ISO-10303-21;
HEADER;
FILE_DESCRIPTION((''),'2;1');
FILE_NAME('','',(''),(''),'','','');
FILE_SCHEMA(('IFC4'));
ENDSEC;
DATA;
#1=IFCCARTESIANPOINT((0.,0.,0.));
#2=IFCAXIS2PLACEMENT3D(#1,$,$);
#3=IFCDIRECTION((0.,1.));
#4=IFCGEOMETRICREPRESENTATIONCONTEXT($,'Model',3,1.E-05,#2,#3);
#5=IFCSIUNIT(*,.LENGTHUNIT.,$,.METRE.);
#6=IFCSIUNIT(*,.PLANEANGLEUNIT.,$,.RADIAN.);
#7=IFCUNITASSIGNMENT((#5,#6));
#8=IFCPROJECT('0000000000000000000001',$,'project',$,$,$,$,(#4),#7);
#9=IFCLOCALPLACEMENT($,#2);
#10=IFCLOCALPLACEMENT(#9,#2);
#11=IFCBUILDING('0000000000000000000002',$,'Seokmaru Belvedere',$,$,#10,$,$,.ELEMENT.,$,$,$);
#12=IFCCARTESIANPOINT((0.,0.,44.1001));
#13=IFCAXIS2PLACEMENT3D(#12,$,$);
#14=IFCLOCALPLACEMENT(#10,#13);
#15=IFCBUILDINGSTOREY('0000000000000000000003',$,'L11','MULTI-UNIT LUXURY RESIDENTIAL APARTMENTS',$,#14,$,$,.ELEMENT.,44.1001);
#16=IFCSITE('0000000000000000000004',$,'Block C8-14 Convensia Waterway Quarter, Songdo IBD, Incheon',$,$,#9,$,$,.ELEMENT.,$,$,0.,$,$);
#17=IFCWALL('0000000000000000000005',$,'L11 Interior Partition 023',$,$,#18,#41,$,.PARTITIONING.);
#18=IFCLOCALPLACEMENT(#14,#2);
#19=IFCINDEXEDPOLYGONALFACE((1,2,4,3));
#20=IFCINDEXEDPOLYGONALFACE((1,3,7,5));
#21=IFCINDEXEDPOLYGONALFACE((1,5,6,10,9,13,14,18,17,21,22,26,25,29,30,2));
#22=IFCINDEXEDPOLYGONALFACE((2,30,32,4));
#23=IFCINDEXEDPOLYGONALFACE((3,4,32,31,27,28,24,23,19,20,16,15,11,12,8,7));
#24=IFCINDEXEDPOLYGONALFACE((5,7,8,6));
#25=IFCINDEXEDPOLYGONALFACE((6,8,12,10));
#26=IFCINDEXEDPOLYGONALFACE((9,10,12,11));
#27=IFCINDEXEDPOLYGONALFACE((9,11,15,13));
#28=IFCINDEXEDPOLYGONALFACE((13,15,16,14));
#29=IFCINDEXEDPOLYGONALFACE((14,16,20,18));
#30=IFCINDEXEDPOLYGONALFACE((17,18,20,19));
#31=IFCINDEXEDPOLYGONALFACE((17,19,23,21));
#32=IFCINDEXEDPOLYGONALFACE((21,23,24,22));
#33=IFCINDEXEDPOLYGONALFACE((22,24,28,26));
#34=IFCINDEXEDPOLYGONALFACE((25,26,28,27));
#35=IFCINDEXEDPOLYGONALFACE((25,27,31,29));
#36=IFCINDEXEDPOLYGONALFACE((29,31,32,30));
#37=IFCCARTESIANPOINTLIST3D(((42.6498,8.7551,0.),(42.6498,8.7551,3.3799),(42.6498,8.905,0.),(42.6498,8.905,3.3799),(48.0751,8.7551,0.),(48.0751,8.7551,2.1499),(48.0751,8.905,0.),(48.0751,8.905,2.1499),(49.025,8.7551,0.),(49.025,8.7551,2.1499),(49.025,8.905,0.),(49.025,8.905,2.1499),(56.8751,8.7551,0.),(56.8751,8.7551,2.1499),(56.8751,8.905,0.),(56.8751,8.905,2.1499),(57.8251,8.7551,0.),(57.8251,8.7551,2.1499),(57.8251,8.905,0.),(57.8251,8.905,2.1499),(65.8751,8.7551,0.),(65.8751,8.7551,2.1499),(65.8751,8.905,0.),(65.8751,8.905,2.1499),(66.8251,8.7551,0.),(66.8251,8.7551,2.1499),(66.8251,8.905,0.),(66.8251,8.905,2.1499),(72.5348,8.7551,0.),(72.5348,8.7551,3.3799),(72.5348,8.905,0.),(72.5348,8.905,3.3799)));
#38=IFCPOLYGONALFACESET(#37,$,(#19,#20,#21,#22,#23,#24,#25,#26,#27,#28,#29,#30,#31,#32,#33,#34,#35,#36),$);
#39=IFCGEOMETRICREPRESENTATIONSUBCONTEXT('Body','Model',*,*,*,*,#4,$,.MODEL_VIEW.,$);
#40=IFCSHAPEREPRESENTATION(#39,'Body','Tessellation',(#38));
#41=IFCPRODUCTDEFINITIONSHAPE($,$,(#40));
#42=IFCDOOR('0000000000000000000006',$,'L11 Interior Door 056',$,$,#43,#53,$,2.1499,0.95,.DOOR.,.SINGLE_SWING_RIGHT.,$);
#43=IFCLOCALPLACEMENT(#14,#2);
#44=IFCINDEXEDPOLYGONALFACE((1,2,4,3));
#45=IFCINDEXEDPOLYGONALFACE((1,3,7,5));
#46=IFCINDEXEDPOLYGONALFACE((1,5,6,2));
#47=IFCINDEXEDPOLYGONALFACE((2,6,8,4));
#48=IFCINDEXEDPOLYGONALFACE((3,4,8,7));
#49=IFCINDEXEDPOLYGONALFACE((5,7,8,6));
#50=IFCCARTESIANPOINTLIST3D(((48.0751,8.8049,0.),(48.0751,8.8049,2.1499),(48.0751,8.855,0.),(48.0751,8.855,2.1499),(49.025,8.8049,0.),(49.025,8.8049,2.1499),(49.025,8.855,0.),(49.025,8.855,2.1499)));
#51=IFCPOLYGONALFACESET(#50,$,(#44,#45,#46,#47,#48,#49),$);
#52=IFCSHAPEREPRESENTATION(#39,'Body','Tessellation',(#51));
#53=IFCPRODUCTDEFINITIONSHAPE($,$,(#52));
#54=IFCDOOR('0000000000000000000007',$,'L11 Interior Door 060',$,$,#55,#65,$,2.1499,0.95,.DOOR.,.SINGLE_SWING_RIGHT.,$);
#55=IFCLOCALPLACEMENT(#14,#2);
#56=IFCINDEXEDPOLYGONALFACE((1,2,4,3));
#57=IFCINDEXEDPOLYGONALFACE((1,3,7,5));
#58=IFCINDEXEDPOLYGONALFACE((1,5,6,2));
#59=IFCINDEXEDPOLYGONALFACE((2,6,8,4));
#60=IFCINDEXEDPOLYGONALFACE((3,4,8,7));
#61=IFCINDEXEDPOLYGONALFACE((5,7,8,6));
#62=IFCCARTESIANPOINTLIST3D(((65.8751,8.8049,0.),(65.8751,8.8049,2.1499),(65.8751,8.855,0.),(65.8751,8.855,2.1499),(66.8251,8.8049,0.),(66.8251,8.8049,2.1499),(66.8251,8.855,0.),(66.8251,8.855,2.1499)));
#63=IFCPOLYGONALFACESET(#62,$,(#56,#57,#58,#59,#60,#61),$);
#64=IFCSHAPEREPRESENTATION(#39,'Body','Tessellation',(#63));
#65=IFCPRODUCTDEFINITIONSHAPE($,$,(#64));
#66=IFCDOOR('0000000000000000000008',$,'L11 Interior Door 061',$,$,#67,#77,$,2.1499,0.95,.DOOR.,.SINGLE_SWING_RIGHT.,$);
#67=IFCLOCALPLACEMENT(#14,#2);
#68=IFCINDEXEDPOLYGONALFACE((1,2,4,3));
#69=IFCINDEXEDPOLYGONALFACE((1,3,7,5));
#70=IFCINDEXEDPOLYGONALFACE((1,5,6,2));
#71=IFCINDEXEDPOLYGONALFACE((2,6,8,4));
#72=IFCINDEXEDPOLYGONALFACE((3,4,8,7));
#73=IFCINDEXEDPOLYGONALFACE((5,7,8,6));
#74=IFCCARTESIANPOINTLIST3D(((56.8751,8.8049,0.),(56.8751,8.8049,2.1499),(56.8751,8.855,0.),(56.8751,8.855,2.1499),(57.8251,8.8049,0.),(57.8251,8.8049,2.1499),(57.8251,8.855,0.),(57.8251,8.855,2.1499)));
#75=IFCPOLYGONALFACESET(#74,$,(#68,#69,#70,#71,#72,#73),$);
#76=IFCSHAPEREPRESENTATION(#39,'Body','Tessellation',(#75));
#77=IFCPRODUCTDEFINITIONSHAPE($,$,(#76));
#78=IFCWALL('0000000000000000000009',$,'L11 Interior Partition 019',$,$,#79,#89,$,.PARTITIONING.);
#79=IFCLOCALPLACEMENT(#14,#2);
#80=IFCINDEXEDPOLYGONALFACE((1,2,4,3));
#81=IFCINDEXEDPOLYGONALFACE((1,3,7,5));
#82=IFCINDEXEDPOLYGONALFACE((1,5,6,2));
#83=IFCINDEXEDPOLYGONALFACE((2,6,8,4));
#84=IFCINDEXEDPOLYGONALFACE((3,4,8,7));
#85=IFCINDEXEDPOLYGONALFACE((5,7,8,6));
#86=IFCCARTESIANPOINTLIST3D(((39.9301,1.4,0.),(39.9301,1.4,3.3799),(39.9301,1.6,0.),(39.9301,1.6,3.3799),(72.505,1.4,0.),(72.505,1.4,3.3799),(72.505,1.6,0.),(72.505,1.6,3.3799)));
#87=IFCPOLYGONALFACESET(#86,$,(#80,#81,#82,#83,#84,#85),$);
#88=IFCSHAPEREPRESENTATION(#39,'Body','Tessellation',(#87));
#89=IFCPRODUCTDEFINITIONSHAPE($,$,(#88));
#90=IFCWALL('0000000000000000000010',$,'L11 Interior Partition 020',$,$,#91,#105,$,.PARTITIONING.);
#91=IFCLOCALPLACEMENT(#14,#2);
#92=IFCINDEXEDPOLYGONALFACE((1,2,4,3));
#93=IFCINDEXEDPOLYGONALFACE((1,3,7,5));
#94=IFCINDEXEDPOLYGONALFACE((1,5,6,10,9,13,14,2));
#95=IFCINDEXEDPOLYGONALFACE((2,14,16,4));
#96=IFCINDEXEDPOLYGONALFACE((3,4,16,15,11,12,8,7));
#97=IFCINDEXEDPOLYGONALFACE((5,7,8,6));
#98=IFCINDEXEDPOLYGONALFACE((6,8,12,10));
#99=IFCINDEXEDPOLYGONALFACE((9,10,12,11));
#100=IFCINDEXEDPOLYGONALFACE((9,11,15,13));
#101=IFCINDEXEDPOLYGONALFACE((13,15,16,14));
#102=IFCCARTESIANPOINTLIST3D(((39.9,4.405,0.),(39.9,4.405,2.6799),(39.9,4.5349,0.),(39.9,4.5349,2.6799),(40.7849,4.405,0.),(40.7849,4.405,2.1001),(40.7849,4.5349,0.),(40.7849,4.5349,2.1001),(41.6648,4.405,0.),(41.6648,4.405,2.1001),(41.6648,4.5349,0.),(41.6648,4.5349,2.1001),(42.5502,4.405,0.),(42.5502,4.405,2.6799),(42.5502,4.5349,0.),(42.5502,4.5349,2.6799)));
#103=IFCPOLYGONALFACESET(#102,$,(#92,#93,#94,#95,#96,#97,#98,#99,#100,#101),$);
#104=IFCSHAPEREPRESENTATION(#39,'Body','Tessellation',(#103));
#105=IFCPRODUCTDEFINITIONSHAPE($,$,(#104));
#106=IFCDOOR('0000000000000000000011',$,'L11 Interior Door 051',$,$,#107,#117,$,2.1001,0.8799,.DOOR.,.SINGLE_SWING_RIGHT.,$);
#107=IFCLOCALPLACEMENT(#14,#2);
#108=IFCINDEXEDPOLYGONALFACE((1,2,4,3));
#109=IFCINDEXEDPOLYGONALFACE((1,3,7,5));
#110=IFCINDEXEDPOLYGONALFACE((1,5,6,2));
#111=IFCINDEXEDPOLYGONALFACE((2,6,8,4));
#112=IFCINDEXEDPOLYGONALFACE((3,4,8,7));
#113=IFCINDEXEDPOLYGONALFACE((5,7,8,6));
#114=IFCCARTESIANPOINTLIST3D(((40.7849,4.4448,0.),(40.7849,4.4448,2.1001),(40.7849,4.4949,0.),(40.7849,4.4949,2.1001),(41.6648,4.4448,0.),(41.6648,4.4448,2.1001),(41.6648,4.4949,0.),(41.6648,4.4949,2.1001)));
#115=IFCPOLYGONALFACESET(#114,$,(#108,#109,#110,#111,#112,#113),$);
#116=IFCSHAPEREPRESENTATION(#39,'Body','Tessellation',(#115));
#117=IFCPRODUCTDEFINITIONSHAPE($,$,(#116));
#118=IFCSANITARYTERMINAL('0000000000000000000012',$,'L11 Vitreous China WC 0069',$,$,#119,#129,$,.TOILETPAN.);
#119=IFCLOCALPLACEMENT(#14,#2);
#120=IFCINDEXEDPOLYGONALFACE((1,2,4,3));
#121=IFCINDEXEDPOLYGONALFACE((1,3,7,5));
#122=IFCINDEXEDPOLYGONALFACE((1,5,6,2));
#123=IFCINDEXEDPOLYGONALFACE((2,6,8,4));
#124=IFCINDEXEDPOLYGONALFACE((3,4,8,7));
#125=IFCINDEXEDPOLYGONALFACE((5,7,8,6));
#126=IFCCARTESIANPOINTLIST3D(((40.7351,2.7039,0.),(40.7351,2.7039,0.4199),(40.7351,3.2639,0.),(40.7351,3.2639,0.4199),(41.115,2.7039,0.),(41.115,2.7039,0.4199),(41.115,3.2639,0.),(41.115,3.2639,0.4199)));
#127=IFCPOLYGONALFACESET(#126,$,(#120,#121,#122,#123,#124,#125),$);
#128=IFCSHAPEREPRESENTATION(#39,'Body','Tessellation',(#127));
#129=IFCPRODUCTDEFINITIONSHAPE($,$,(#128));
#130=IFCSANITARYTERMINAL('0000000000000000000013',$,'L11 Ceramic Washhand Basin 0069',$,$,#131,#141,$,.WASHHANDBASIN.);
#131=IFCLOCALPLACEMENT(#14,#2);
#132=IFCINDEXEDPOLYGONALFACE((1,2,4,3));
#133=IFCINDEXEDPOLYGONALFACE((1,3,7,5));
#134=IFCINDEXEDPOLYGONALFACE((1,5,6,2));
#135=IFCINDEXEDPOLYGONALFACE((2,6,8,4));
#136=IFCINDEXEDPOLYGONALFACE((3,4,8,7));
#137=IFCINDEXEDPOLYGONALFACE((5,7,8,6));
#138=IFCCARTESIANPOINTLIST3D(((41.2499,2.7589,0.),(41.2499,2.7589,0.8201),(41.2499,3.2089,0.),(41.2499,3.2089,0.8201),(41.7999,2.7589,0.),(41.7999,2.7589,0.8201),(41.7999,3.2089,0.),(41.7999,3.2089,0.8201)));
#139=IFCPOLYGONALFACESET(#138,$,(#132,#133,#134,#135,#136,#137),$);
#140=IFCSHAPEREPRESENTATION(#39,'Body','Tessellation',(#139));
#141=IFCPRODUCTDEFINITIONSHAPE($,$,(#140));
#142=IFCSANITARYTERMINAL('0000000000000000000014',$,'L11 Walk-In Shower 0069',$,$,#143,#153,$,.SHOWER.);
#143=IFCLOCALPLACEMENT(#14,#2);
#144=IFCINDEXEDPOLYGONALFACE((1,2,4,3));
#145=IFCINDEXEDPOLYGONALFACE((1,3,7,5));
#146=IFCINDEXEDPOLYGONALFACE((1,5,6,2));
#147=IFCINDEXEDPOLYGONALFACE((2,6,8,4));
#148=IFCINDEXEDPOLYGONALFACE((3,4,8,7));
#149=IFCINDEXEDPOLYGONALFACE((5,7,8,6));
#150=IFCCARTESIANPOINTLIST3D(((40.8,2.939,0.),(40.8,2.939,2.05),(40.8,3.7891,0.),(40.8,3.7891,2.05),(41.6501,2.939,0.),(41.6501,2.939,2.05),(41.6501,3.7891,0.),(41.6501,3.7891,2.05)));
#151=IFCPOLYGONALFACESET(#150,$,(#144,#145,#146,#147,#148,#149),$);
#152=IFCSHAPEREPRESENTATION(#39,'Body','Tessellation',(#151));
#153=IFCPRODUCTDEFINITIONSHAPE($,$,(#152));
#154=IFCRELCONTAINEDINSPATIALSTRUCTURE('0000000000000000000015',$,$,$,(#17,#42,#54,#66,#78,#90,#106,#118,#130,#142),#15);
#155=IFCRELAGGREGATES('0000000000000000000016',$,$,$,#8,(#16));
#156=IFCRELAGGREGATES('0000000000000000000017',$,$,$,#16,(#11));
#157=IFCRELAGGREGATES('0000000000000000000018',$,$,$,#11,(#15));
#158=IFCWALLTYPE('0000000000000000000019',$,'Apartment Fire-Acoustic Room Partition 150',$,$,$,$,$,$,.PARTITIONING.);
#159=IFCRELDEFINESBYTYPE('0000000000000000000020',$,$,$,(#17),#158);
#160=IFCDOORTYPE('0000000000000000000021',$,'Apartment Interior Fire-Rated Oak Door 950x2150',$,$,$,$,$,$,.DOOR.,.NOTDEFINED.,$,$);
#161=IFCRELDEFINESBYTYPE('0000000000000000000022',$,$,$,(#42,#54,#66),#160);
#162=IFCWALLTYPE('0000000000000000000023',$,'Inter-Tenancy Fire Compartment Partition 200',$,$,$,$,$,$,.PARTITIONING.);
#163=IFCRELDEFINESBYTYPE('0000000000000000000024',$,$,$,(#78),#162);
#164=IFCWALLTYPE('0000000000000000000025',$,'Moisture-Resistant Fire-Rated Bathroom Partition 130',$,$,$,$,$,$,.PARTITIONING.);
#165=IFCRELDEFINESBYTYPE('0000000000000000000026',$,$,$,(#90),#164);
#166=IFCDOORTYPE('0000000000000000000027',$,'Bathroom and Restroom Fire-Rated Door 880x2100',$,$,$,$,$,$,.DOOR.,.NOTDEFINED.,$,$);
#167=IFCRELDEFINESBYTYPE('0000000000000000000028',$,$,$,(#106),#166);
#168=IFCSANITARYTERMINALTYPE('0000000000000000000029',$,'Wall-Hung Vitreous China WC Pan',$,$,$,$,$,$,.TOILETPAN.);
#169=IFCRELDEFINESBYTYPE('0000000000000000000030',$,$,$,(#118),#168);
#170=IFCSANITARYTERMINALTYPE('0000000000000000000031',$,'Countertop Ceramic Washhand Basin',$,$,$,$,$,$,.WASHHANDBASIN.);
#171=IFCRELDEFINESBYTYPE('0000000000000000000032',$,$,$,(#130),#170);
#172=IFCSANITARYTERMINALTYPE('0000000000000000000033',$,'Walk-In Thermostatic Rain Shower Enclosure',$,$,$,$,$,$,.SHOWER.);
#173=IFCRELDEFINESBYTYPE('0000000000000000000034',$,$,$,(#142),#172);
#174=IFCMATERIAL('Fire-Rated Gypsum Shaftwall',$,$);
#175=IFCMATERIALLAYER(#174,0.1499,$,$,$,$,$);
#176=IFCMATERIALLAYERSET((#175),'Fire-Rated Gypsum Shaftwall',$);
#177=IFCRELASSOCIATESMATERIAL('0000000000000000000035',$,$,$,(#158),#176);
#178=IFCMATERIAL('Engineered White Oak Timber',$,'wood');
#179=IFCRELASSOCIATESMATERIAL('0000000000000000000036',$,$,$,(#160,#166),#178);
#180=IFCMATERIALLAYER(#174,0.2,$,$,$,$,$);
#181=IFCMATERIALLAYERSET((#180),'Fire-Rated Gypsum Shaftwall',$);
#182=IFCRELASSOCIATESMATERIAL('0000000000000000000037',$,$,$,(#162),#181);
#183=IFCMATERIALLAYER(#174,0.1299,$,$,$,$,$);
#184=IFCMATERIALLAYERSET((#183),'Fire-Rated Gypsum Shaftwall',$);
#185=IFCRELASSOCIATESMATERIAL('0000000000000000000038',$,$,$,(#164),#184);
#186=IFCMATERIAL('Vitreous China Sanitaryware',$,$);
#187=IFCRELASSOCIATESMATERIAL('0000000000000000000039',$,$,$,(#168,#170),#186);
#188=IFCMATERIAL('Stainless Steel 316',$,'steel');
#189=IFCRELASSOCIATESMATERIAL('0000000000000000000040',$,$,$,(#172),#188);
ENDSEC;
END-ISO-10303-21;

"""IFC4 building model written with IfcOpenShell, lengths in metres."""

from ifc_helpers import new_model, si_unit, direction, frame, frame_2d, origin, origin_2d, place, context, subcontext, project, spatial, rectangle, extrude, source, transform, mapped, material, layer, layer_set, type_object, type_shapes, element, fill, save


model = new_model("IFC4")

# Units and contexts
model_context = context("Model", 3, precision=1e-05, world=origin(), true_north=direction((0.0, 1.0)))
body_context = subcontext(model_context, "Body", "Model", "MODEL_VIEW")
ifc_project = project(units=[si_unit("LENGTHUNIT", "METRE"), si_unit("PLANEANGLEUNIT", "RADIAN")], contexts=[model_context])

# Site, building, storey
site_placement = place(None, origin())
site = spatial("IfcSite", under=ifc_project, at=site_placement, Name="Block C8-14 Convensia Waterway Quarter, Songdo IBD, Incheon", CompositionType="ELEMENT", RefElevation=0.0)
building_placement = place(site_placement, origin())
building = spatial("IfcBuilding", under=site, at=building_placement, Name="Seokmaru Belvedere", CompositionType="ELEMENT")
storey_placement = place(building_placement, frame((0.0, 0.0, 44.1001)))
storey = spatial("IfcBuildingStorey", under=building, at=storey_placement, Name="L11", Description="MULTI-UNIT LUXURY RESIDENTIAL APARTMENTS", CompositionType="ELEMENT", Elevation=44.1001)

# Wall, openings, doors
ifc_material_1 = material(Name="Fire-Rated Gypsum Shaftwall")
ifc_layer_1 = layer(ifc_material_1, 0.1499)
ifc_layer_set_1 = layer_set([ifc_layer_1], Name="Fire-Rated Gypsum Shaftwall")
wall_type_1 = type_object("IfcWallType", Name="Apartment Fire-Acoustic Room Partition 150", PredefinedType="PARTITIONING", material=ifc_layer_set_1)
ifc_material_2 = material(Name="Engineered White Oak Timber", Category="wood")
door_type_1 = type_object("IfcDoorType", Name="Apartment Interior Fire-Rated Oak Door 950x2150", OperationType="NOTDEFINED", PredefinedType="DOOR", material=ifc_material_2)
shared_shape_1 = source(origin(), body_context, "Body", "SweptSolid", [
    extrude(rectangle(XDim=0.95, YDim=2.1499, at=frame_2d((0.4751, 1.075))), frame((0.0, 0.0249, 0.0), z_axis=(0.0, -1.0, 0.0), x_axis=(1.0, 0.0, 0.0)), (0.0, 0.0, 1.0), 0.05),
])
type_shapes(door_type_1, [shared_shape_1])
wall_1_placement = place(storey_placement, frame((42.6499, 8.8301, 0.0), z_axis=(0.0, 0.0, 1.0), x_axis=(1.0, 0.0, 0.0)))
wall_1 = element("IfcWall", 1, at=wall_1_placement, inside=storey, type_object=wall_type_1, Name="L11 Interior Partition 023", PredefinedType="PARTITIONING", context=body_context, shape_type="SweptSolid", body=[
    extrude(rectangle(XDim=29.885, YDim=0.1499, at=frame_2d((14.9424, 0.0))), origin(), (0.0, 0.0, 1.0), 3.3799),
])
opening_1_placement = place(wall_1_placement, frame((5.425, 0.0, 0.0)))
opening_1 = element("IfcOpeningElement", 2, at=opening_1_placement, cuts=wall_1, PredefinedType="OPENING", context=body_context, shape_type="SweptSolid", body=[
    extrude(rectangle(XDim=0.95, YDim=2.1499, at=frame_2d((0.4751, 1.075))), frame((0.0, 0.085, 0.0), z_axis=(0.0, -1.0, 0.0), x_axis=(1.0, 0.0, 0.0)), (0.0, 0.0, 1.0), 0.1699),
])
opening_2_placement = place(wall_1_placement, frame((23.2251, 0.0, 0.0)))
opening_2 = element("IfcOpeningElement", 3, at=opening_2_placement, cuts=wall_1, PredefinedType="OPENING", context=body_context, shape_type="SweptSolid", body=[
    extrude(rectangle(XDim=0.95, YDim=2.1499, at=frame_2d((0.4751, 1.075))), frame((0.0, 0.085, 0.0), z_axis=(0.0, -1.0, 0.0), x_axis=(1.0, 0.0, 0.0)), (0.0, 0.0, 1.0), 0.1699),
])
opening_3_placement = place(wall_1_placement, frame((14.2251, 0.0, 0.0)))
opening_3 = element("IfcOpeningElement", 4, at=opening_3_placement, cuts=wall_1, PredefinedType="OPENING", context=body_context, shape_type="SweptSolid", body=[
    extrude(rectangle(XDim=0.95, YDim=2.1499, at=frame_2d((0.4751, 1.075))), frame((0.0, 0.085, 0.0), z_axis=(0.0, -1.0, 0.0), x_axis=(1.0, 0.0, 0.0)), (0.0, 0.0, 1.0), 0.1699),
])
door_1_placement = place(opening_1_placement, origin())
door_1 = element("IfcDoor", 5, at=door_1_placement, inside=storey, type_object=door_type_1, Name="L11 Interior Door 056", OperationType="SINGLE_SWING_RIGHT", OverallHeight=2.1499, OverallWidth=0.95, PredefinedType="DOOR", context=body_context, shape_type="MappedRepresentation", body=[
    mapped(shared_shape_1, transform((0.0, 0.0, 0.0), scale=1.0)),
])
fill(opening_1, door_1)
door_2_placement = place(opening_2_placement, origin())
door_2 = element("IfcDoor", 6, at=door_2_placement, inside=storey, type_object=door_type_1, Name="L11 Interior Door 060", OperationType="SINGLE_SWING_RIGHT", OverallHeight=2.1499, OverallWidth=0.95, PredefinedType="DOOR", context=body_context, shape_type="MappedRepresentation", body=[
    mapped(shared_shape_1, transform((0.0, 0.0, 0.0), scale=1.0)),
])
fill(opening_2, door_2)
door_3_placement = place(opening_3_placement, origin())
door_3 = element("IfcDoor", 7, at=door_3_placement, inside=storey, type_object=door_type_1, Name="L11 Interior Door 061", OperationType="SINGLE_SWING_RIGHT", OverallHeight=2.1499, OverallWidth=0.95, PredefinedType="DOOR", context=body_context, shape_type="MappedRepresentation", body=[
    mapped(shared_shape_1, transform((0.0, 0.0, 0.0), scale=1.0)),
])
fill(opening_3, door_3)

# Wall
ifc_layer_2 = layer(ifc_material_1, 0.2)
ifc_layer_set_2 = layer_set([ifc_layer_2], Name="Fire-Rated Gypsum Shaftwall")
wall_type_2 = type_object("IfcWallType", Name="Inter-Tenancy Fire Compartment Partition 200", PredefinedType="PARTITIONING", material=ifc_layer_set_2)
wall_2_placement = place(storey_placement, frame((39.9299, 1.5, 0.0), z_axis=(0.0, 0.0, 1.0), x_axis=(1.0, 0.0, 0.0)))
element("IfcWall", 8, at=wall_2_placement, inside=storey, type_object=wall_type_2, Name="L11 Interior Partition 019", PredefinedType="PARTITIONING", context=body_context, shape_type="SweptSolid", body=[
    extrude(rectangle(XDim=32.575, YDim=0.2, at=frame_2d((16.2876, 0.0))), origin(), (0.0, 0.0, 1.0), 3.3799),
])

# Wall, opening, door
ifc_layer_3 = layer(ifc_material_1, 0.1299)
ifc_layer_set_3 = layer_set([ifc_layer_3], Name="Fire-Rated Gypsum Shaftwall")
wall_type_3 = type_object("IfcWallType", Name="Moisture-Resistant Fire-Rated Bathroom Partition 130", PredefinedType="PARTITIONING", material=ifc_layer_set_3)
wall_3_placement = place(storey_placement, frame((39.8999, 4.47, 0.0), z_axis=(0.0, 0.0, 1.0), x_axis=(1.0, 0.0, 0.0)))
wall_3 = element("IfcWall", 9, at=wall_3_placement, inside=storey, type_object=wall_type_3, Name="L11 Interior Partition 020", PredefinedType="PARTITIONING", context=body_context, shape_type="SweptSolid", body=[
    extrude(rectangle(XDim=2.6501, YDim=0.1299, at=frame_2d((1.3252, 0.0))), origin(), (0.0, 0.0, 1.0), 2.6799),
])
opening_4_placement = place(wall_3_placement, frame((0.885, 0.0, 0.0)))
opening_4 = element("IfcOpeningElement", 10, at=opening_4_placement, cuts=wall_3, PredefinedType="OPENING", context=body_context, shape_type="SweptSolid", body=[
    extrude(rectangle(XDim=0.8799, YDim=2.1001, at=frame_2d((0.4399, 1.05))), frame((0.0, 0.075, 0.0), z_axis=(0.0, -1.0, 0.0), x_axis=(1.0, 0.0, 0.0)), (0.0, 0.0, 1.0), 0.1499),
])
door_type_2 = type_object("IfcDoorType", Name="Bathroom and Restroom Fire-Rated Door 880x2100", OperationType="NOTDEFINED", PredefinedType="DOOR", material=ifc_material_2)
shared_shape_2 = source(origin(), body_context, "Body", "SweptSolid", [
    extrude(rectangle(XDim=0.8799, YDim=2.1001, at=frame_2d((0.4399, 1.05))), frame((0.0, 0.0249, 0.0), z_axis=(0.0, -1.0, 0.0), x_axis=(1.0, 0.0, 0.0)), (0.0, 0.0, 1.0), 0.05),
])
type_shapes(door_type_2, [shared_shape_2])
door_4_placement = place(opening_4_placement, origin())
door_4 = element("IfcDoor", 11, at=door_4_placement, inside=storey, type_object=door_type_2, Name="L11 Interior Door 051", OperationType="SINGLE_SWING_RIGHT", OverallHeight=2.1001, OverallWidth=0.8799, PredefinedType="DOOR", context=body_context, shape_type="MappedRepresentation", body=[
    mapped(shared_shape_2, transform((0.0, 0.0, 0.0), scale=1.0)),
])
fill(opening_4, door_4)

# Sanitary terminals
ifc_material_3 = material(Name="Vitreous China Sanitaryware")
sanitary_terminal_type_1 = type_object("IfcSanitaryTerminalType", Name="Wall-Hung Vitreous China WC Pan", PredefinedType="TOILETPAN", material=ifc_material_3)
shared_shape_3 = source(origin(), body_context, "Body", "SweptSolid", [
    extrude(rectangle(XDim=0.3799, YDim=0.5601, at=origin_2d()), origin(), (0.0, 0.0, 1.0), 0.4199),
])
type_shapes(sanitary_terminal_type_1, [shared_shape_3])
sanitary_terminal_1_placement = place(storey_placement, frame((40.925, 2.9839, 0.0), z_axis=(0.0, 0.0, 1.0), x_axis=(1.0, 0.0, 0.0)))
element("IfcSanitaryTerminal", 12, at=sanitary_terminal_1_placement, inside=storey, type_object=sanitary_terminal_type_1, Name="L11 Vitreous China WC 0069", PredefinedType="TOILETPAN", context=body_context, shape_type="MappedRepresentation", body=[
    mapped(shared_shape_3, transform((0.0, 0.0, 0.0), scale=1.0)),
])
sanitary_terminal_type_2 = type_object("IfcSanitaryTerminalType", Name="Countertop Ceramic Washhand Basin", PredefinedType="WASHHANDBASIN", material=ifc_material_3)
shared_shape_4 = source(origin(), body_context, "Body", "SweptSolid", [
    extrude(rectangle(XDim=0.55, YDim=0.45, at=origin_2d()), origin(), (0.0, 0.0, 1.0), 0.8201),
])
type_shapes(sanitary_terminal_type_2, [shared_shape_4])
sanitary_terminal_2_placement = place(storey_placement, frame((41.5249, 2.9839, 0.0), z_axis=(0.0, 0.0, 1.0), x_axis=(1.0, 0.0, 0.0)))
element("IfcSanitaryTerminal", 13, at=sanitary_terminal_2_placement, inside=storey, type_object=sanitary_terminal_type_2, Name="L11 Ceramic Washhand Basin 0069", PredefinedType="WASHHANDBASIN", context=body_context, shape_type="MappedRepresentation", body=[
    mapped(shared_shape_4, transform((0.0, 0.0, 0.0), scale=1.0)),
])
ifc_material_4 = material(Name="Stainless Steel 316", Category="steel")
sanitary_terminal_type_3 = type_object("IfcSanitaryTerminalType", Name="Walk-In Thermostatic Rain Shower Enclosure", PredefinedType="SHOWER", material=ifc_material_4)
shared_shape_5 = source(origin(), body_context, "Body", "SweptSolid", [
    extrude(rectangle(XDim=0.8501, YDim=0.8501, at=origin_2d()), origin(), (0.0, 0.0, 1.0), 2.05),
])
type_shapes(sanitary_terminal_type_3, [shared_shape_5])
sanitary_terminal_3_placement = place(storey_placement, frame((41.2251, 3.364, 0.0), z_axis=(0.0, 0.0, 1.0), x_axis=(1.0, 0.0, 0.0)))
element("IfcSanitaryTerminal", 14, at=sanitary_terminal_3_placement, inside=storey, type_object=sanitary_terminal_type_3, Name="L11 Walk-In Shower 0069", PredefinedType="SHOWER", context=body_context, shape_type="MappedRepresentation", body=[
    mapped(shared_shape_5, transform((0.0, 0.0, 0.0), scale=1.0)),
])

save(model, "model.ifc")
